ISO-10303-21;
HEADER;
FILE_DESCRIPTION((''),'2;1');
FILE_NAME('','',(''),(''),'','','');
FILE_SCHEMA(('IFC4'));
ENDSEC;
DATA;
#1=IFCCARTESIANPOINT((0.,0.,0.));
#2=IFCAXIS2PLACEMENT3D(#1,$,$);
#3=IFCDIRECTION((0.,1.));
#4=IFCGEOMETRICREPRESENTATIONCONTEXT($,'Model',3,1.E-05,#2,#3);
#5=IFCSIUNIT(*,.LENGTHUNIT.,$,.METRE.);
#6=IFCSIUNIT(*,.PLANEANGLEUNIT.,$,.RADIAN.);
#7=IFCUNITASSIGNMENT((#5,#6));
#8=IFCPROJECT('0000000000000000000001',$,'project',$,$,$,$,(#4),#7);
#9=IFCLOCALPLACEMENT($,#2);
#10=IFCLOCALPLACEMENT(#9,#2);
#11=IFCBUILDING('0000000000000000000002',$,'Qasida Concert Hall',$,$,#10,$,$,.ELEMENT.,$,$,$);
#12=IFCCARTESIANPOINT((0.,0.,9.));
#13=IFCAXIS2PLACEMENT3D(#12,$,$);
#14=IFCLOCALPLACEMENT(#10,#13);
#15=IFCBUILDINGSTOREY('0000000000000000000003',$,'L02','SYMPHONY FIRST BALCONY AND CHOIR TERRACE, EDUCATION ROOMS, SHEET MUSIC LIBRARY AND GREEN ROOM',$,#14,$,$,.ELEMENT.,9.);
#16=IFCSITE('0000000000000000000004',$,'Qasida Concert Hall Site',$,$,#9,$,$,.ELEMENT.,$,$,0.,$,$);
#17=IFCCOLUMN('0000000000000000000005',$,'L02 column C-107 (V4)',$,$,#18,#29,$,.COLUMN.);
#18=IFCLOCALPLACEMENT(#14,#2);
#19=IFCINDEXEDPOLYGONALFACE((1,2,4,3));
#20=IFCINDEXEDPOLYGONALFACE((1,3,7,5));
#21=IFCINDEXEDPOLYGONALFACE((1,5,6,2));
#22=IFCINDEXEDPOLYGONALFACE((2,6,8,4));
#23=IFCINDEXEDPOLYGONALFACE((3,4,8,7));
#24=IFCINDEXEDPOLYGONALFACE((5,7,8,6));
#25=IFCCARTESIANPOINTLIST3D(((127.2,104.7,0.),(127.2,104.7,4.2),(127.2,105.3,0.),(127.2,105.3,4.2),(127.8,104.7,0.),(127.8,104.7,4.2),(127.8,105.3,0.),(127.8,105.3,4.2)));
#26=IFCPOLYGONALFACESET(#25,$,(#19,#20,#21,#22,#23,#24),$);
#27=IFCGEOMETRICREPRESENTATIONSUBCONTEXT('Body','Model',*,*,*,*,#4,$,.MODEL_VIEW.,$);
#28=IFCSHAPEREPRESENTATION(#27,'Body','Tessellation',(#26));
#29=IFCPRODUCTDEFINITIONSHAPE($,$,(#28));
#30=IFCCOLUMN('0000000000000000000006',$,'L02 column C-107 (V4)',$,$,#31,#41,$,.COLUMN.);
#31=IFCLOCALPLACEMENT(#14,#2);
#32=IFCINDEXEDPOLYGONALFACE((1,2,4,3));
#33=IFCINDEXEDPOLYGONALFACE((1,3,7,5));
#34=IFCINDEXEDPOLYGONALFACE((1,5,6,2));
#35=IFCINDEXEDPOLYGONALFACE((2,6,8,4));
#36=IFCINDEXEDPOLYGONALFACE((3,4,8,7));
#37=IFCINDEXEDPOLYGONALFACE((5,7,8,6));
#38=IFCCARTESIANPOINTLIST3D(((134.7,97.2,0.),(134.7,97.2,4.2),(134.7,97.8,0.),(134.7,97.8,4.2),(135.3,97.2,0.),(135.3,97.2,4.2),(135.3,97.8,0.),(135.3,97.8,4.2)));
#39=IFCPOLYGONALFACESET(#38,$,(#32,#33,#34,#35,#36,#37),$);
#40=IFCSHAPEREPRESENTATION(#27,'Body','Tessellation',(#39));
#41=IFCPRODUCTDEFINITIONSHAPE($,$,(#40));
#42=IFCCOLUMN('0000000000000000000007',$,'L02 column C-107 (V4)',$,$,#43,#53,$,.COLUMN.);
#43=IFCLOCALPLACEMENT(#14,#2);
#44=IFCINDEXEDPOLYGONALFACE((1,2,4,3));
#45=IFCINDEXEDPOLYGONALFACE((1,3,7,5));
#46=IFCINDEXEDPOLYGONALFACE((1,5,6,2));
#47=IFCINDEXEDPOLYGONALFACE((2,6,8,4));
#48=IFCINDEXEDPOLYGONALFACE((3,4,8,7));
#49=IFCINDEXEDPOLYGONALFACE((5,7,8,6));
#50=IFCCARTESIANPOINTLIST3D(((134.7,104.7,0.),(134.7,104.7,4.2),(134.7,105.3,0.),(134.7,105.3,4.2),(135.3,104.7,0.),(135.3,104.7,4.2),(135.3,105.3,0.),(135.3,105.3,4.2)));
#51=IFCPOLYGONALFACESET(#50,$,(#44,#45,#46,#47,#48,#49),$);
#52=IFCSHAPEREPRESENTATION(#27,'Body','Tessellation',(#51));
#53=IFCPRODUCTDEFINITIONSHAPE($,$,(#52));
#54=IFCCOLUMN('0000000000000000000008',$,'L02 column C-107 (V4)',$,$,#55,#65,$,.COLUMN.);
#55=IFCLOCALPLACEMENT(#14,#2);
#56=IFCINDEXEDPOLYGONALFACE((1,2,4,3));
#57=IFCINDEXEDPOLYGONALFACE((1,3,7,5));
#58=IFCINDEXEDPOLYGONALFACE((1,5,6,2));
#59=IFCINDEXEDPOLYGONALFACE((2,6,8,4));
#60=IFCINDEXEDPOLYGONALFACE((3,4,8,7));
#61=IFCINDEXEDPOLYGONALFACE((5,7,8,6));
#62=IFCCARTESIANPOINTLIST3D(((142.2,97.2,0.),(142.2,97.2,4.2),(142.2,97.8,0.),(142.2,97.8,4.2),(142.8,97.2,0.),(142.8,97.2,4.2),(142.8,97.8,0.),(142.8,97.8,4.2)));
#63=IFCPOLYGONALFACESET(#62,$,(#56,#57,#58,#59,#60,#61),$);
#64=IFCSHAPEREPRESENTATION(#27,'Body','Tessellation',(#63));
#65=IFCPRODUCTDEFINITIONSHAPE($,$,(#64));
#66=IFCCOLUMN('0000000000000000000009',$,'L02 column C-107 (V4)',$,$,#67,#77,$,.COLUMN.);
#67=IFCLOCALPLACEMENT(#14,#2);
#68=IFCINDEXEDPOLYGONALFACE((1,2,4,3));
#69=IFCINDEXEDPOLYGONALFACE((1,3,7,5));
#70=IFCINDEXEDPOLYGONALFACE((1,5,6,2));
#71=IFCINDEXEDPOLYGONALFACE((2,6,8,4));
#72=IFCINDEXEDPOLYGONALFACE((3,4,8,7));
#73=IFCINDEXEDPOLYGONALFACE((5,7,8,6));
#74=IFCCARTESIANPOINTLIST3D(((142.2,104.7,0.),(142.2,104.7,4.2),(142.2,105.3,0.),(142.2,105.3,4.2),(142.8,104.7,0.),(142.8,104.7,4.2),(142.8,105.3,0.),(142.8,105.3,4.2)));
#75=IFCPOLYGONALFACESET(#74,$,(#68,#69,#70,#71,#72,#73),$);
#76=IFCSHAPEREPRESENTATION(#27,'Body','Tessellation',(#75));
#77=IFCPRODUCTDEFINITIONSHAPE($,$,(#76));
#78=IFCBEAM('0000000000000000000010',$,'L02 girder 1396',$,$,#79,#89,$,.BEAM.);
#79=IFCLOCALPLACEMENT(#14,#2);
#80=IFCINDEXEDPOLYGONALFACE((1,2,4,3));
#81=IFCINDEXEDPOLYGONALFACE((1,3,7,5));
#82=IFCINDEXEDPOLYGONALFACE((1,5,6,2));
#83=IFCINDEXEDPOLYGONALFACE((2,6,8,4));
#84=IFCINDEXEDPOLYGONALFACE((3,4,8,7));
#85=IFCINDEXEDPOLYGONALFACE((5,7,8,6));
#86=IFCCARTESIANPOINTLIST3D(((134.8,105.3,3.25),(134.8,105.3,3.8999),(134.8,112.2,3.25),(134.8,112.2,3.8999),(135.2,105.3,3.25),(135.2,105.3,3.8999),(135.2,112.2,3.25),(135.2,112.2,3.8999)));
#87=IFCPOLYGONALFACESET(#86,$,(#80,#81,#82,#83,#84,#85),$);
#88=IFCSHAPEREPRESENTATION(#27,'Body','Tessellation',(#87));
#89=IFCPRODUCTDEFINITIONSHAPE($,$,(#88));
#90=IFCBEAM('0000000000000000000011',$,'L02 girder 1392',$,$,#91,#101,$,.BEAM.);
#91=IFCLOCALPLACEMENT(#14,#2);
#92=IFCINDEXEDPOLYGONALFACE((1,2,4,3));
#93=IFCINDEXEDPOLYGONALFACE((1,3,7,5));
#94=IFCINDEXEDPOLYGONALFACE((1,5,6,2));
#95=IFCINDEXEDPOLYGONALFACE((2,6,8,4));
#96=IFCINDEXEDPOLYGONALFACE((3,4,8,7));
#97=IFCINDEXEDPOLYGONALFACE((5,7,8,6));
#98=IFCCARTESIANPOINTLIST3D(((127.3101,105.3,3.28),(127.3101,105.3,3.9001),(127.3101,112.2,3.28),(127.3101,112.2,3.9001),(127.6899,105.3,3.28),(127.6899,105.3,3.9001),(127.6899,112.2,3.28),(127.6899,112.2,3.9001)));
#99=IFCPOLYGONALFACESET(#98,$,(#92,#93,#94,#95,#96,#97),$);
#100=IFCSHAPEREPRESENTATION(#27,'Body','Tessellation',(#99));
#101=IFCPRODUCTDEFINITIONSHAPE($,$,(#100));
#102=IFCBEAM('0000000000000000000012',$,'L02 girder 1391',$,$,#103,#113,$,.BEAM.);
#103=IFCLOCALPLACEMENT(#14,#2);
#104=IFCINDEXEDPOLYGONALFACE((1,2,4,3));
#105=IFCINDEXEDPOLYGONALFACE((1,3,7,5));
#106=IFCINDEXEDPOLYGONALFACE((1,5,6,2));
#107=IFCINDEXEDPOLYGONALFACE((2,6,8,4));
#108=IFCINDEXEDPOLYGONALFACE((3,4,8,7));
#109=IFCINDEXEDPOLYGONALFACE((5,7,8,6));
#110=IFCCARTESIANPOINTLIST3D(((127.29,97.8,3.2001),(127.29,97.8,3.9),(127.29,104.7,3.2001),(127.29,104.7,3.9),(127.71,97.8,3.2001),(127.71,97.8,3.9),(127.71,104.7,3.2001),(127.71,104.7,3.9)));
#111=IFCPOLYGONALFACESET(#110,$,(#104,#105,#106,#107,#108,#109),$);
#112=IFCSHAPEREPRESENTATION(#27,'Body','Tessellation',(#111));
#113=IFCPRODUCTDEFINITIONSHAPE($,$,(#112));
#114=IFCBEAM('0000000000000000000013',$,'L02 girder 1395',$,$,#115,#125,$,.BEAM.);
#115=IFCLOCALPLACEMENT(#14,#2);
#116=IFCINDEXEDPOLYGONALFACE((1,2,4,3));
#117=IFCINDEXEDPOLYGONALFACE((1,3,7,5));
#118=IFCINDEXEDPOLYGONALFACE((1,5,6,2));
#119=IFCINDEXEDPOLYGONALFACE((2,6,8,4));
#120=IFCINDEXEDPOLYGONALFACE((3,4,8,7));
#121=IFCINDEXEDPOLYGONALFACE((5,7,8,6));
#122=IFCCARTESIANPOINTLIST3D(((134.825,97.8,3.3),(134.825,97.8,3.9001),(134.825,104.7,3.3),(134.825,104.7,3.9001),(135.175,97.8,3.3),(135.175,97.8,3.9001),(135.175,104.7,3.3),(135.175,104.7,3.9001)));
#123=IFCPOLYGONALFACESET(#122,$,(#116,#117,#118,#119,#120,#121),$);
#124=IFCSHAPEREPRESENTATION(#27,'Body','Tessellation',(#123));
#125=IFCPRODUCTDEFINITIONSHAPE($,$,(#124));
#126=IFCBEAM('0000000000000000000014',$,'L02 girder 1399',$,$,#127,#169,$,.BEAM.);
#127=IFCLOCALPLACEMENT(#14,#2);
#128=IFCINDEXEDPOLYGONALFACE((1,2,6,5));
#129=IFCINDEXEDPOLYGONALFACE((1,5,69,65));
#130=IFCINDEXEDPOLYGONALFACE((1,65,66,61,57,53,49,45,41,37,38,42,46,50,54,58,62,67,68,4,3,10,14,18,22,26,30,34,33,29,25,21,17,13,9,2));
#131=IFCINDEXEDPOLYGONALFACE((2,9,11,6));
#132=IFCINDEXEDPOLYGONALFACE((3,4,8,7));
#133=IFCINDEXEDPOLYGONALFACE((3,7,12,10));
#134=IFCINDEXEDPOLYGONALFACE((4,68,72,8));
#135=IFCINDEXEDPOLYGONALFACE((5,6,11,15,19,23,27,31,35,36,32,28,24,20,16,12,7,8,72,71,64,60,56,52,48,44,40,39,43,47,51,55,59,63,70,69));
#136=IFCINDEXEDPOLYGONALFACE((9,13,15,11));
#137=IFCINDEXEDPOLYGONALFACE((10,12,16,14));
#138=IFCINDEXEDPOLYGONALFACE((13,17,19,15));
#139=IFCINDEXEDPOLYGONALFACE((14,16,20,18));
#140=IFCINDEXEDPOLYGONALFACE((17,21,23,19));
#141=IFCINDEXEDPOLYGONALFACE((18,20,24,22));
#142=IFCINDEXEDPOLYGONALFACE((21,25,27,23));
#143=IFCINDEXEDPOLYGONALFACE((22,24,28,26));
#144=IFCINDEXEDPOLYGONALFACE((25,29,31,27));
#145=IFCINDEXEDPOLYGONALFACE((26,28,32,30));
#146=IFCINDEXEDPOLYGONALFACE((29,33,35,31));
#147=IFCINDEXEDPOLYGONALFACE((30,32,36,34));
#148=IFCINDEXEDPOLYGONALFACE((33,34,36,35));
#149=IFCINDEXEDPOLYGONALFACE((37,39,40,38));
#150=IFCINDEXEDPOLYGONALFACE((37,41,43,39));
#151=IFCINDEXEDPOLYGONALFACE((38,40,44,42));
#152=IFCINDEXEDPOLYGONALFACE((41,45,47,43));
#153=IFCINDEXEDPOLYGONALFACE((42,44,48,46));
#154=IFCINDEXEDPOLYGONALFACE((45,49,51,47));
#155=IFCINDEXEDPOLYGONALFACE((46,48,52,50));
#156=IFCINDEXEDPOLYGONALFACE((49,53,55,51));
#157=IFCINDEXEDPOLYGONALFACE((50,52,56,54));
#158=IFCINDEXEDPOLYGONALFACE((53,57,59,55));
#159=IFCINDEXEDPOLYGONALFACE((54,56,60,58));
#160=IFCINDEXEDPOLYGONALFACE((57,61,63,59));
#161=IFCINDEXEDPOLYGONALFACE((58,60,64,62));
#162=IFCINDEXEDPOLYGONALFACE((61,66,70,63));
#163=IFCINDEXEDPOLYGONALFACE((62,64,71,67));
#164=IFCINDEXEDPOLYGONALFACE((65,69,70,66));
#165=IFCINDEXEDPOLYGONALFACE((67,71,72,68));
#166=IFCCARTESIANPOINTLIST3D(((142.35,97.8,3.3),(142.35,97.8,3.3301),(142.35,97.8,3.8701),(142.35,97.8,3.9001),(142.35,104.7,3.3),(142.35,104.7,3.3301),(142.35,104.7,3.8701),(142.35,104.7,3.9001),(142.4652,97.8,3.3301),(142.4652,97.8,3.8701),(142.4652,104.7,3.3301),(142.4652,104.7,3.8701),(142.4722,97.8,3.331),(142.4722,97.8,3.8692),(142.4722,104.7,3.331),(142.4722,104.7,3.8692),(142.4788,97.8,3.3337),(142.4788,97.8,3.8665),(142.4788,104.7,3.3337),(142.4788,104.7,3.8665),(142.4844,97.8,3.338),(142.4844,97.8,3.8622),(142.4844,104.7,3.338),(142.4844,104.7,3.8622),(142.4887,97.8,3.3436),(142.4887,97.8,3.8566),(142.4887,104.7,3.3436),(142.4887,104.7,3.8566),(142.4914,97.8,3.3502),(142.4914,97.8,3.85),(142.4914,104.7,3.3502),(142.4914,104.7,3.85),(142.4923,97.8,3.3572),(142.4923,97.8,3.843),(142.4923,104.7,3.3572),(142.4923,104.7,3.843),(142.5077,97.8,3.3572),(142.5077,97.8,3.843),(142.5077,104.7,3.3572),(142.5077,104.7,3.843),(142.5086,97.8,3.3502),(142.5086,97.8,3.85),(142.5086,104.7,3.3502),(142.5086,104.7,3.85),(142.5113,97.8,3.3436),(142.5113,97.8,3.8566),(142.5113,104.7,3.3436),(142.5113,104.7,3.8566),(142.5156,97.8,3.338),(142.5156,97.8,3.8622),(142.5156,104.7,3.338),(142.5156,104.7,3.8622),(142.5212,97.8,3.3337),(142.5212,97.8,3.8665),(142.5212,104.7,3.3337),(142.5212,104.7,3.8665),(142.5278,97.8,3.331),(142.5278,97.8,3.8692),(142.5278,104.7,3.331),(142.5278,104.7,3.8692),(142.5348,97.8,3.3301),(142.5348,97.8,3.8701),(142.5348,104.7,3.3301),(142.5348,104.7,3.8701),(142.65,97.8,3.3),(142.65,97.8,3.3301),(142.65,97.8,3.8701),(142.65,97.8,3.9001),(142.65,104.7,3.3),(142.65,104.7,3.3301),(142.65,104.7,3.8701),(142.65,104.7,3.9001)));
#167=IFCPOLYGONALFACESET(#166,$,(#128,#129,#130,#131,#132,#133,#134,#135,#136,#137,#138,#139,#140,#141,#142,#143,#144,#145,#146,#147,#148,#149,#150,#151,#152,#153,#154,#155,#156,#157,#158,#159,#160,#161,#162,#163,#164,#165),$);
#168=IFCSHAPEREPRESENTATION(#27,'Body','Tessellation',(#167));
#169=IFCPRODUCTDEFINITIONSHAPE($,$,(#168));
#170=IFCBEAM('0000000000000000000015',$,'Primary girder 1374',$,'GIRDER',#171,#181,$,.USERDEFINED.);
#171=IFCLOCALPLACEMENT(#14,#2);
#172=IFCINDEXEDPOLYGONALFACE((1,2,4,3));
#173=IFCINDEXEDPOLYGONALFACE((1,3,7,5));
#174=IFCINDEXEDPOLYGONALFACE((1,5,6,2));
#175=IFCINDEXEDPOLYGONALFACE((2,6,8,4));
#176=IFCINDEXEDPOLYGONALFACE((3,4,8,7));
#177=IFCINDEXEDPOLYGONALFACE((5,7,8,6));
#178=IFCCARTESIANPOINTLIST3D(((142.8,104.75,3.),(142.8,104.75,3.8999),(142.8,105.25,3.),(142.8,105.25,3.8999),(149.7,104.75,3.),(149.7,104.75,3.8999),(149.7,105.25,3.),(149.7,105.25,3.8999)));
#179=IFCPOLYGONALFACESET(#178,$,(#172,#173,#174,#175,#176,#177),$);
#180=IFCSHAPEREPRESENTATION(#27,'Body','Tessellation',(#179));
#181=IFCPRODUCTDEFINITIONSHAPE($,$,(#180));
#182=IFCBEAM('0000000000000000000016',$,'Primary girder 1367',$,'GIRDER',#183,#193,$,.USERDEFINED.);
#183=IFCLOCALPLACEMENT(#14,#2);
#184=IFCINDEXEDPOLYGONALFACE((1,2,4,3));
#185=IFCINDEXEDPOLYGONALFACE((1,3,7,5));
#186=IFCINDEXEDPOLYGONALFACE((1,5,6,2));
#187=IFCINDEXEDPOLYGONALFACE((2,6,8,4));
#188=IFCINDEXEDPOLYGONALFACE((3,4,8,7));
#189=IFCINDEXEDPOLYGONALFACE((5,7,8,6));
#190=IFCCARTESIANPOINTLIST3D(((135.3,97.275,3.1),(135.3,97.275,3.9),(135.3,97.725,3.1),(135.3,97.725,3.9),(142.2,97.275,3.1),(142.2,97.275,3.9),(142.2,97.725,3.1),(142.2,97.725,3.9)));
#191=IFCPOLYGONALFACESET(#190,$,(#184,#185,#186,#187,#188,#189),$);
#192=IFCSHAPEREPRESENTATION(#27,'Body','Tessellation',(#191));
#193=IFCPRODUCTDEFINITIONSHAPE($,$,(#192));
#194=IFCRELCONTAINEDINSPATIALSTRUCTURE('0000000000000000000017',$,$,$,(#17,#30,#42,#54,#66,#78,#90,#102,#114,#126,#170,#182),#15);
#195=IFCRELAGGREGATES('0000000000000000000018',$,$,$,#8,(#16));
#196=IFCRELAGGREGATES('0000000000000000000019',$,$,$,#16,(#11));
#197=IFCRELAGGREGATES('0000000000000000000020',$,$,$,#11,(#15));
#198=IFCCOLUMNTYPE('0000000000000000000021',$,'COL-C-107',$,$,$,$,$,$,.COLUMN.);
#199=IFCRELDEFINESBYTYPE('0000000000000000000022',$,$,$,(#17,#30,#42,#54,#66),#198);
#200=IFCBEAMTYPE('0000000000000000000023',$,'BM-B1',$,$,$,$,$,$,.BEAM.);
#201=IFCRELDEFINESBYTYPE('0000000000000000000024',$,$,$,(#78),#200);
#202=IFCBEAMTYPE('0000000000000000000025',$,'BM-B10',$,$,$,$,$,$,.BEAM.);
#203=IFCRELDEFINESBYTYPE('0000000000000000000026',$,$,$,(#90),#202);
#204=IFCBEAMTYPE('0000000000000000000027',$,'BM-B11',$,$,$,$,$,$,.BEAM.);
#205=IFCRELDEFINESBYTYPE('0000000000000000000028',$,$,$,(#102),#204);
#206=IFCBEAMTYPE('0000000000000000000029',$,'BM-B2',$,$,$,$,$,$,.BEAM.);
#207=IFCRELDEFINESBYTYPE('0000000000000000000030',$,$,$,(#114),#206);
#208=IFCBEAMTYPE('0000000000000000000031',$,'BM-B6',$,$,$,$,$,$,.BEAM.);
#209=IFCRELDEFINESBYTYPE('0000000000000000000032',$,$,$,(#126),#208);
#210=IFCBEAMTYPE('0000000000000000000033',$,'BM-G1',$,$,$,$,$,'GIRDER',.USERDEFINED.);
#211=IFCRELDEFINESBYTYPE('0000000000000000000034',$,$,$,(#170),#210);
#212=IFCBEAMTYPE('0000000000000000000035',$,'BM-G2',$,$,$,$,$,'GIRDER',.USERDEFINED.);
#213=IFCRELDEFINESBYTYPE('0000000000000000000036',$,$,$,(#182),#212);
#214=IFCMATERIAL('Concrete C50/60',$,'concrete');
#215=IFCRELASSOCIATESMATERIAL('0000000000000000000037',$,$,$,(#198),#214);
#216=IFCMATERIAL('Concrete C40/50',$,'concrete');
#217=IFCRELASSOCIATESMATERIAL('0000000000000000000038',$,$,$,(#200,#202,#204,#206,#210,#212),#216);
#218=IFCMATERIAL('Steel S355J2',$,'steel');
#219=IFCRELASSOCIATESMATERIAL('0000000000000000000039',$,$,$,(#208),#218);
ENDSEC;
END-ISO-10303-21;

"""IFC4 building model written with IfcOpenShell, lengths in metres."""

from ifc_helpers import new_model, si_unit, direction, frame, origin, origin_2d, place, context, subcontext, project, spatial, rectangle, i_section, extrude, material, material_profile, profile_set, type_object, element, save


model = new_model("IFC4")

# Units and contexts
model_context = context("Model", 3, precision=1e-05, world=origin(), true_north=direction((0.0, 1.0)))
body_context = subcontext(model_context, "Body", "Model", "MODEL_VIEW")
ifc_project = project(units=[si_unit("LENGTHUNIT", "METRE"), si_unit("PLANEANGLEUNIT", "RADIAN")], contexts=[model_context])

# Site, building, storey
site_placement = place(None, origin())
site = spatial("IfcSite", under=ifc_project, at=site_placement, Name="Qasida Concert Hall Site", CompositionType="ELEMENT", RefElevation=0.0)
building_placement = place(site_placement, origin())
building = spatial("IfcBuilding", under=site, at=building_placement, Name="Qasida Concert Hall", CompositionType="ELEMENT")
storey_placement = place(building_placement, frame((0.0, 0.0, 9.0)))
storey = spatial("IfcBuildingStorey", under=building, at=storey_placement, Name="L02", Description="SYMPHONY FIRST BALCONY AND CHOIR TERRACE, EDUCATION ROOMS, SHEET MUSIC LIBRARY AND GREEN ROOM", CompositionType="ELEMENT", Elevation=9.0)

# Columns
ifc_material_1 = material(Name="Concrete C50/60", Category="concrete")
ifc_material_profile_1 = material_profile(ifc_material_1, rectangle(XDim=0.6001, YDim=0.6001, at=origin_2d()), Name="RC 600x600")
ifc_profile_set_1 = profile_set([ifc_material_profile_1], Name="Concrete C50/60")
column_type = type_object("IfcColumnType", Name="COL-C-107", PredefinedType="COLUMN", material=ifc_profile_set_1)
for number, where, z_axis, x_axis, name in (
    (1, (127.5, 105.0, 0.0), (0.0, 0.0, 1.0), (1.0, 0.0, 0.0), "L02 column C-107 (V4)"),
    (2, (135.0, 97.5, 0.0), (0.0, 0.0, 1.0), (1.0, 0.0, 0.0), "L02 column C-107 (V4)"),
    (3, (135.0, 105.0, 0.0), (0.0, 0.0, 1.0), (1.0, 0.0, 0.0), "L02 column C-107 (V4)"),
    (4, (142.5, 97.5, 0.0), (0.0, 0.0, 1.0), (1.0, 0.0, 0.0), "L02 column C-107 (V4)"),
    (5, (142.5, 105.0, 0.0), (0.0, 0.0, 1.0), (1.0, 0.0, 0.0), "L02 column C-107 (V4)"),
):
    element("IfcColumn", number, at=place(storey_placement, frame(where, z_axis=z_axis, x_axis=x_axis)), inside=storey, type_object=column_type, Name=name, PredefinedType="COLUMN", context=body_context, shape_type="SweptSolid", body=[
        extrude(rectangle(XDim=0.6001, YDim=0.6001, at=origin_2d()), origin(), (0.0, 0.0, 1.0), 4.2),
    ])

# Beams
ifc_material_2 = material(Name="Concrete C40/50", Category="concrete")
ifc_material_profile_2 = material_profile(ifc_material_2, rectangle(XDim=0.3999, YDim=0.6499, at=origin_2d()), Name="RC 400x650")
ifc_profile_set_2 = profile_set([ifc_material_profile_2], Name="Concrete C40/50")
beam_type_1 = type_object("IfcBeamType", Name="BM-B1", PredefinedType="BEAM", material=ifc_profile_set_2)
beam_1_placement = place(storey_placement, frame((135.0, 105.3, 3.575), z_axis=(0.0, 1.0, 0.0), x_axis=(-1.0, 0.0, 0.0)))
element("IfcBeam", 6, at=beam_1_placement, inside=storey, type_object=beam_type_1, Name="L02 girder 1396", PredefinedType="BEAM", context=body_context, shape_type="SweptSolid", body=[
    extrude(rectangle(XDim=0.3999, YDim=0.6499, at=origin_2d()), origin(), (0.0, 0.0, 1.0), 6.8999),
])
ifc_material_profile_3 = material_profile(ifc_material_2, rectangle(XDim=0.3799, YDim=0.6201, at=origin_2d()), Name="RC 380x620")
ifc_profile_set_3 = profile_set([ifc_material_profile_3], Name="Concrete C40/50")
beam_type_2 = type_object("IfcBeamType", Name="BM-B10", PredefinedType="BEAM", material=ifc_profile_set_3)
beam_2_placement = place(storey_placement, frame((127.5, 105.3, 3.5901), z_axis=(0.0, 1.0, 0.0), x_axis=(-1.0, 0.0, 0.0)))
element("IfcBeam", 7, at=beam_2_placement, inside=storey, type_object=beam_type_2, Name="L02 girder 1392", PredefinedType="BEAM", context=body_context, shape_type="SweptSolid", body=[
    extrude(rectangle(XDim=0.3799, YDim=0.6201, at=origin_2d()), origin(), (0.0, 0.0, 1.0), 6.8999),
])
ifc_material_profile_4 = material_profile(ifc_material_2, rectangle(XDim=0.4199, YDim=0.7, at=origin_2d()), Name="RC 420x700")
ifc_profile_set_4 = profile_set([ifc_material_profile_4], Name="Concrete C40/50")
beam_type_3 = type_object("IfcBeamType", Name="BM-B11", PredefinedType="BEAM", material=ifc_profile_set_4)
beam_3_placement = place(storey_placement, frame((127.5, 97.8, 3.55), z_axis=(0.0, 1.0, 0.0), x_axis=(-1.0, 0.0, 0.0)))
element("IfcBeam", 8, at=beam_3_placement, inside=storey, type_object=beam_type_3, Name="L02 girder 1391", PredefinedType="BEAM", context=body_context, shape_type="SweptSolid", body=[
    extrude(rectangle(XDim=0.4199, YDim=0.7, at=origin_2d()), origin(), (0.0, 0.0, 1.0), 6.8999),
])
ifc_material_profile_5 = material_profile(ifc_material_2, rectangle(XDim=0.3501, YDim=0.6001, at=origin_2d()), Name="RC 350x600")
ifc_profile_set_5 = profile_set([ifc_material_profile_5], Name="Concrete C40/50")
beam_type_4 = type_object("IfcBeamType", Name="BM-B2", PredefinedType="BEAM", material=ifc_profile_set_5)
beam_4_placement = place(storey_placement, frame((135.0, 97.8, 3.6001), z_axis=(0.0, 1.0, 0.0), x_axis=(-1.0, 0.0, 0.0)))
element("IfcBeam", 9, at=beam_4_placement, inside=storey, type_object=beam_type_4, Name="L02 girder 1395", PredefinedType="BEAM", context=body_context, shape_type="SweptSolid", body=[
    extrude(rectangle(XDim=0.3501, YDim=0.6001, at=origin_2d()), origin(), (0.0, 0.0, 1.0), 6.8999),
])
ifc_material_3 = material(Name="Steel S355J2", Category="steel")
ifc_material_profile_6 = material_profile(ifc_material_3, i_section(OverallWidth=0.3, OverallDepth=0.6001, WebThickness=0.0154, FlangeThickness=0.03, FilletRadius=0.0271, at=origin_2d()), Name="HEB 600")
ifc_profile_set_6 = profile_set([ifc_material_profile_6], Name="Steel S355J2")
beam_type_5 = type_object("IfcBeamType", Name="BM-B6", PredefinedType="BEAM", material=ifc_profile_set_6)
beam_5_placement = place(storey_placement, frame((142.5, 97.8, 3.6001), z_axis=(0.0, 1.0, 0.0), x_axis=(-1.0, 0.0, 0.0)))
element("IfcBeam", 10, at=beam_5_placement, inside=storey, type_object=beam_type_5, Name="L02 girder 1399", PredefinedType="BEAM", context=body_context, shape_type="SweptSolid", body=[
    extrude(i_section(OverallWidth=0.3, OverallDepth=0.6001, WebThickness=0.0154, FlangeThickness=0.03, FilletRadius=0.0271, at=origin_2d()), origin(), (0.0, 0.0, 1.0), 6.8999),
])
ifc_material_profile_7 = material_profile(ifc_material_2, rectangle(XDim=0.5, YDim=0.8999, at=origin_2d()), Name="RC 500x900")
ifc_profile_set_7 = profile_set([ifc_material_profile_7], Name="Concrete C40/50")
beam_type_6 = type_object("IfcBeamType", Name="BM-G1", ElementType="GIRDER", PredefinedType="USERDEFINED", material=ifc_profile_set_7)
beam_6_placement = place(storey_placement, frame((142.8, 105.0, 3.45), z_axis=(1.0, 0.0, 0.0), x_axis=(0.0, 1.0, 0.0)))
element("IfcBeam", 11, at=beam_6_placement, inside=storey, type_object=beam_type_6, Name="Primary girder 1374", ObjectType="GIRDER", PredefinedType="USERDEFINED", context=body_context, shape_type="SweptSolid", body=[
    extrude(rectangle(XDim=0.5, YDim=0.8999, at=origin_2d()), origin(), (0.0, 0.0, 1.0), 6.8999),
])
ifc_material_profile_8 = material_profile(ifc_material_2, rectangle(XDim=0.45, YDim=0.8, at=origin_2d()), Name="RC 450x800")
ifc_profile_set_8 = profile_set([ifc_material_profile_8], Name="Concrete C40/50")
beam_type_7 = type_object("IfcBeamType", Name="BM-G2", ElementType="GIRDER", PredefinedType="USERDEFINED", material=ifc_profile_set_8)
beam_7_placement = place(storey_placement, frame((135.3, 97.5, 3.5), z_axis=(1.0, 0.0, 0.0), x_axis=(0.0, 1.0, 0.0)))
element("IfcBeam", 12, at=beam_7_placement, inside=storey, type_object=beam_type_7, Name="Primary girder 1367", ObjectType="GIRDER", PredefinedType="USERDEFINED", context=body_context, shape_type="SweptSolid", body=[
    extrude(rectangle(XDim=0.45, YDim=0.8, at=origin_2d()), origin(), (0.0, 0.0, 1.0), 6.8999),
])

save(model, "model.ifc")
